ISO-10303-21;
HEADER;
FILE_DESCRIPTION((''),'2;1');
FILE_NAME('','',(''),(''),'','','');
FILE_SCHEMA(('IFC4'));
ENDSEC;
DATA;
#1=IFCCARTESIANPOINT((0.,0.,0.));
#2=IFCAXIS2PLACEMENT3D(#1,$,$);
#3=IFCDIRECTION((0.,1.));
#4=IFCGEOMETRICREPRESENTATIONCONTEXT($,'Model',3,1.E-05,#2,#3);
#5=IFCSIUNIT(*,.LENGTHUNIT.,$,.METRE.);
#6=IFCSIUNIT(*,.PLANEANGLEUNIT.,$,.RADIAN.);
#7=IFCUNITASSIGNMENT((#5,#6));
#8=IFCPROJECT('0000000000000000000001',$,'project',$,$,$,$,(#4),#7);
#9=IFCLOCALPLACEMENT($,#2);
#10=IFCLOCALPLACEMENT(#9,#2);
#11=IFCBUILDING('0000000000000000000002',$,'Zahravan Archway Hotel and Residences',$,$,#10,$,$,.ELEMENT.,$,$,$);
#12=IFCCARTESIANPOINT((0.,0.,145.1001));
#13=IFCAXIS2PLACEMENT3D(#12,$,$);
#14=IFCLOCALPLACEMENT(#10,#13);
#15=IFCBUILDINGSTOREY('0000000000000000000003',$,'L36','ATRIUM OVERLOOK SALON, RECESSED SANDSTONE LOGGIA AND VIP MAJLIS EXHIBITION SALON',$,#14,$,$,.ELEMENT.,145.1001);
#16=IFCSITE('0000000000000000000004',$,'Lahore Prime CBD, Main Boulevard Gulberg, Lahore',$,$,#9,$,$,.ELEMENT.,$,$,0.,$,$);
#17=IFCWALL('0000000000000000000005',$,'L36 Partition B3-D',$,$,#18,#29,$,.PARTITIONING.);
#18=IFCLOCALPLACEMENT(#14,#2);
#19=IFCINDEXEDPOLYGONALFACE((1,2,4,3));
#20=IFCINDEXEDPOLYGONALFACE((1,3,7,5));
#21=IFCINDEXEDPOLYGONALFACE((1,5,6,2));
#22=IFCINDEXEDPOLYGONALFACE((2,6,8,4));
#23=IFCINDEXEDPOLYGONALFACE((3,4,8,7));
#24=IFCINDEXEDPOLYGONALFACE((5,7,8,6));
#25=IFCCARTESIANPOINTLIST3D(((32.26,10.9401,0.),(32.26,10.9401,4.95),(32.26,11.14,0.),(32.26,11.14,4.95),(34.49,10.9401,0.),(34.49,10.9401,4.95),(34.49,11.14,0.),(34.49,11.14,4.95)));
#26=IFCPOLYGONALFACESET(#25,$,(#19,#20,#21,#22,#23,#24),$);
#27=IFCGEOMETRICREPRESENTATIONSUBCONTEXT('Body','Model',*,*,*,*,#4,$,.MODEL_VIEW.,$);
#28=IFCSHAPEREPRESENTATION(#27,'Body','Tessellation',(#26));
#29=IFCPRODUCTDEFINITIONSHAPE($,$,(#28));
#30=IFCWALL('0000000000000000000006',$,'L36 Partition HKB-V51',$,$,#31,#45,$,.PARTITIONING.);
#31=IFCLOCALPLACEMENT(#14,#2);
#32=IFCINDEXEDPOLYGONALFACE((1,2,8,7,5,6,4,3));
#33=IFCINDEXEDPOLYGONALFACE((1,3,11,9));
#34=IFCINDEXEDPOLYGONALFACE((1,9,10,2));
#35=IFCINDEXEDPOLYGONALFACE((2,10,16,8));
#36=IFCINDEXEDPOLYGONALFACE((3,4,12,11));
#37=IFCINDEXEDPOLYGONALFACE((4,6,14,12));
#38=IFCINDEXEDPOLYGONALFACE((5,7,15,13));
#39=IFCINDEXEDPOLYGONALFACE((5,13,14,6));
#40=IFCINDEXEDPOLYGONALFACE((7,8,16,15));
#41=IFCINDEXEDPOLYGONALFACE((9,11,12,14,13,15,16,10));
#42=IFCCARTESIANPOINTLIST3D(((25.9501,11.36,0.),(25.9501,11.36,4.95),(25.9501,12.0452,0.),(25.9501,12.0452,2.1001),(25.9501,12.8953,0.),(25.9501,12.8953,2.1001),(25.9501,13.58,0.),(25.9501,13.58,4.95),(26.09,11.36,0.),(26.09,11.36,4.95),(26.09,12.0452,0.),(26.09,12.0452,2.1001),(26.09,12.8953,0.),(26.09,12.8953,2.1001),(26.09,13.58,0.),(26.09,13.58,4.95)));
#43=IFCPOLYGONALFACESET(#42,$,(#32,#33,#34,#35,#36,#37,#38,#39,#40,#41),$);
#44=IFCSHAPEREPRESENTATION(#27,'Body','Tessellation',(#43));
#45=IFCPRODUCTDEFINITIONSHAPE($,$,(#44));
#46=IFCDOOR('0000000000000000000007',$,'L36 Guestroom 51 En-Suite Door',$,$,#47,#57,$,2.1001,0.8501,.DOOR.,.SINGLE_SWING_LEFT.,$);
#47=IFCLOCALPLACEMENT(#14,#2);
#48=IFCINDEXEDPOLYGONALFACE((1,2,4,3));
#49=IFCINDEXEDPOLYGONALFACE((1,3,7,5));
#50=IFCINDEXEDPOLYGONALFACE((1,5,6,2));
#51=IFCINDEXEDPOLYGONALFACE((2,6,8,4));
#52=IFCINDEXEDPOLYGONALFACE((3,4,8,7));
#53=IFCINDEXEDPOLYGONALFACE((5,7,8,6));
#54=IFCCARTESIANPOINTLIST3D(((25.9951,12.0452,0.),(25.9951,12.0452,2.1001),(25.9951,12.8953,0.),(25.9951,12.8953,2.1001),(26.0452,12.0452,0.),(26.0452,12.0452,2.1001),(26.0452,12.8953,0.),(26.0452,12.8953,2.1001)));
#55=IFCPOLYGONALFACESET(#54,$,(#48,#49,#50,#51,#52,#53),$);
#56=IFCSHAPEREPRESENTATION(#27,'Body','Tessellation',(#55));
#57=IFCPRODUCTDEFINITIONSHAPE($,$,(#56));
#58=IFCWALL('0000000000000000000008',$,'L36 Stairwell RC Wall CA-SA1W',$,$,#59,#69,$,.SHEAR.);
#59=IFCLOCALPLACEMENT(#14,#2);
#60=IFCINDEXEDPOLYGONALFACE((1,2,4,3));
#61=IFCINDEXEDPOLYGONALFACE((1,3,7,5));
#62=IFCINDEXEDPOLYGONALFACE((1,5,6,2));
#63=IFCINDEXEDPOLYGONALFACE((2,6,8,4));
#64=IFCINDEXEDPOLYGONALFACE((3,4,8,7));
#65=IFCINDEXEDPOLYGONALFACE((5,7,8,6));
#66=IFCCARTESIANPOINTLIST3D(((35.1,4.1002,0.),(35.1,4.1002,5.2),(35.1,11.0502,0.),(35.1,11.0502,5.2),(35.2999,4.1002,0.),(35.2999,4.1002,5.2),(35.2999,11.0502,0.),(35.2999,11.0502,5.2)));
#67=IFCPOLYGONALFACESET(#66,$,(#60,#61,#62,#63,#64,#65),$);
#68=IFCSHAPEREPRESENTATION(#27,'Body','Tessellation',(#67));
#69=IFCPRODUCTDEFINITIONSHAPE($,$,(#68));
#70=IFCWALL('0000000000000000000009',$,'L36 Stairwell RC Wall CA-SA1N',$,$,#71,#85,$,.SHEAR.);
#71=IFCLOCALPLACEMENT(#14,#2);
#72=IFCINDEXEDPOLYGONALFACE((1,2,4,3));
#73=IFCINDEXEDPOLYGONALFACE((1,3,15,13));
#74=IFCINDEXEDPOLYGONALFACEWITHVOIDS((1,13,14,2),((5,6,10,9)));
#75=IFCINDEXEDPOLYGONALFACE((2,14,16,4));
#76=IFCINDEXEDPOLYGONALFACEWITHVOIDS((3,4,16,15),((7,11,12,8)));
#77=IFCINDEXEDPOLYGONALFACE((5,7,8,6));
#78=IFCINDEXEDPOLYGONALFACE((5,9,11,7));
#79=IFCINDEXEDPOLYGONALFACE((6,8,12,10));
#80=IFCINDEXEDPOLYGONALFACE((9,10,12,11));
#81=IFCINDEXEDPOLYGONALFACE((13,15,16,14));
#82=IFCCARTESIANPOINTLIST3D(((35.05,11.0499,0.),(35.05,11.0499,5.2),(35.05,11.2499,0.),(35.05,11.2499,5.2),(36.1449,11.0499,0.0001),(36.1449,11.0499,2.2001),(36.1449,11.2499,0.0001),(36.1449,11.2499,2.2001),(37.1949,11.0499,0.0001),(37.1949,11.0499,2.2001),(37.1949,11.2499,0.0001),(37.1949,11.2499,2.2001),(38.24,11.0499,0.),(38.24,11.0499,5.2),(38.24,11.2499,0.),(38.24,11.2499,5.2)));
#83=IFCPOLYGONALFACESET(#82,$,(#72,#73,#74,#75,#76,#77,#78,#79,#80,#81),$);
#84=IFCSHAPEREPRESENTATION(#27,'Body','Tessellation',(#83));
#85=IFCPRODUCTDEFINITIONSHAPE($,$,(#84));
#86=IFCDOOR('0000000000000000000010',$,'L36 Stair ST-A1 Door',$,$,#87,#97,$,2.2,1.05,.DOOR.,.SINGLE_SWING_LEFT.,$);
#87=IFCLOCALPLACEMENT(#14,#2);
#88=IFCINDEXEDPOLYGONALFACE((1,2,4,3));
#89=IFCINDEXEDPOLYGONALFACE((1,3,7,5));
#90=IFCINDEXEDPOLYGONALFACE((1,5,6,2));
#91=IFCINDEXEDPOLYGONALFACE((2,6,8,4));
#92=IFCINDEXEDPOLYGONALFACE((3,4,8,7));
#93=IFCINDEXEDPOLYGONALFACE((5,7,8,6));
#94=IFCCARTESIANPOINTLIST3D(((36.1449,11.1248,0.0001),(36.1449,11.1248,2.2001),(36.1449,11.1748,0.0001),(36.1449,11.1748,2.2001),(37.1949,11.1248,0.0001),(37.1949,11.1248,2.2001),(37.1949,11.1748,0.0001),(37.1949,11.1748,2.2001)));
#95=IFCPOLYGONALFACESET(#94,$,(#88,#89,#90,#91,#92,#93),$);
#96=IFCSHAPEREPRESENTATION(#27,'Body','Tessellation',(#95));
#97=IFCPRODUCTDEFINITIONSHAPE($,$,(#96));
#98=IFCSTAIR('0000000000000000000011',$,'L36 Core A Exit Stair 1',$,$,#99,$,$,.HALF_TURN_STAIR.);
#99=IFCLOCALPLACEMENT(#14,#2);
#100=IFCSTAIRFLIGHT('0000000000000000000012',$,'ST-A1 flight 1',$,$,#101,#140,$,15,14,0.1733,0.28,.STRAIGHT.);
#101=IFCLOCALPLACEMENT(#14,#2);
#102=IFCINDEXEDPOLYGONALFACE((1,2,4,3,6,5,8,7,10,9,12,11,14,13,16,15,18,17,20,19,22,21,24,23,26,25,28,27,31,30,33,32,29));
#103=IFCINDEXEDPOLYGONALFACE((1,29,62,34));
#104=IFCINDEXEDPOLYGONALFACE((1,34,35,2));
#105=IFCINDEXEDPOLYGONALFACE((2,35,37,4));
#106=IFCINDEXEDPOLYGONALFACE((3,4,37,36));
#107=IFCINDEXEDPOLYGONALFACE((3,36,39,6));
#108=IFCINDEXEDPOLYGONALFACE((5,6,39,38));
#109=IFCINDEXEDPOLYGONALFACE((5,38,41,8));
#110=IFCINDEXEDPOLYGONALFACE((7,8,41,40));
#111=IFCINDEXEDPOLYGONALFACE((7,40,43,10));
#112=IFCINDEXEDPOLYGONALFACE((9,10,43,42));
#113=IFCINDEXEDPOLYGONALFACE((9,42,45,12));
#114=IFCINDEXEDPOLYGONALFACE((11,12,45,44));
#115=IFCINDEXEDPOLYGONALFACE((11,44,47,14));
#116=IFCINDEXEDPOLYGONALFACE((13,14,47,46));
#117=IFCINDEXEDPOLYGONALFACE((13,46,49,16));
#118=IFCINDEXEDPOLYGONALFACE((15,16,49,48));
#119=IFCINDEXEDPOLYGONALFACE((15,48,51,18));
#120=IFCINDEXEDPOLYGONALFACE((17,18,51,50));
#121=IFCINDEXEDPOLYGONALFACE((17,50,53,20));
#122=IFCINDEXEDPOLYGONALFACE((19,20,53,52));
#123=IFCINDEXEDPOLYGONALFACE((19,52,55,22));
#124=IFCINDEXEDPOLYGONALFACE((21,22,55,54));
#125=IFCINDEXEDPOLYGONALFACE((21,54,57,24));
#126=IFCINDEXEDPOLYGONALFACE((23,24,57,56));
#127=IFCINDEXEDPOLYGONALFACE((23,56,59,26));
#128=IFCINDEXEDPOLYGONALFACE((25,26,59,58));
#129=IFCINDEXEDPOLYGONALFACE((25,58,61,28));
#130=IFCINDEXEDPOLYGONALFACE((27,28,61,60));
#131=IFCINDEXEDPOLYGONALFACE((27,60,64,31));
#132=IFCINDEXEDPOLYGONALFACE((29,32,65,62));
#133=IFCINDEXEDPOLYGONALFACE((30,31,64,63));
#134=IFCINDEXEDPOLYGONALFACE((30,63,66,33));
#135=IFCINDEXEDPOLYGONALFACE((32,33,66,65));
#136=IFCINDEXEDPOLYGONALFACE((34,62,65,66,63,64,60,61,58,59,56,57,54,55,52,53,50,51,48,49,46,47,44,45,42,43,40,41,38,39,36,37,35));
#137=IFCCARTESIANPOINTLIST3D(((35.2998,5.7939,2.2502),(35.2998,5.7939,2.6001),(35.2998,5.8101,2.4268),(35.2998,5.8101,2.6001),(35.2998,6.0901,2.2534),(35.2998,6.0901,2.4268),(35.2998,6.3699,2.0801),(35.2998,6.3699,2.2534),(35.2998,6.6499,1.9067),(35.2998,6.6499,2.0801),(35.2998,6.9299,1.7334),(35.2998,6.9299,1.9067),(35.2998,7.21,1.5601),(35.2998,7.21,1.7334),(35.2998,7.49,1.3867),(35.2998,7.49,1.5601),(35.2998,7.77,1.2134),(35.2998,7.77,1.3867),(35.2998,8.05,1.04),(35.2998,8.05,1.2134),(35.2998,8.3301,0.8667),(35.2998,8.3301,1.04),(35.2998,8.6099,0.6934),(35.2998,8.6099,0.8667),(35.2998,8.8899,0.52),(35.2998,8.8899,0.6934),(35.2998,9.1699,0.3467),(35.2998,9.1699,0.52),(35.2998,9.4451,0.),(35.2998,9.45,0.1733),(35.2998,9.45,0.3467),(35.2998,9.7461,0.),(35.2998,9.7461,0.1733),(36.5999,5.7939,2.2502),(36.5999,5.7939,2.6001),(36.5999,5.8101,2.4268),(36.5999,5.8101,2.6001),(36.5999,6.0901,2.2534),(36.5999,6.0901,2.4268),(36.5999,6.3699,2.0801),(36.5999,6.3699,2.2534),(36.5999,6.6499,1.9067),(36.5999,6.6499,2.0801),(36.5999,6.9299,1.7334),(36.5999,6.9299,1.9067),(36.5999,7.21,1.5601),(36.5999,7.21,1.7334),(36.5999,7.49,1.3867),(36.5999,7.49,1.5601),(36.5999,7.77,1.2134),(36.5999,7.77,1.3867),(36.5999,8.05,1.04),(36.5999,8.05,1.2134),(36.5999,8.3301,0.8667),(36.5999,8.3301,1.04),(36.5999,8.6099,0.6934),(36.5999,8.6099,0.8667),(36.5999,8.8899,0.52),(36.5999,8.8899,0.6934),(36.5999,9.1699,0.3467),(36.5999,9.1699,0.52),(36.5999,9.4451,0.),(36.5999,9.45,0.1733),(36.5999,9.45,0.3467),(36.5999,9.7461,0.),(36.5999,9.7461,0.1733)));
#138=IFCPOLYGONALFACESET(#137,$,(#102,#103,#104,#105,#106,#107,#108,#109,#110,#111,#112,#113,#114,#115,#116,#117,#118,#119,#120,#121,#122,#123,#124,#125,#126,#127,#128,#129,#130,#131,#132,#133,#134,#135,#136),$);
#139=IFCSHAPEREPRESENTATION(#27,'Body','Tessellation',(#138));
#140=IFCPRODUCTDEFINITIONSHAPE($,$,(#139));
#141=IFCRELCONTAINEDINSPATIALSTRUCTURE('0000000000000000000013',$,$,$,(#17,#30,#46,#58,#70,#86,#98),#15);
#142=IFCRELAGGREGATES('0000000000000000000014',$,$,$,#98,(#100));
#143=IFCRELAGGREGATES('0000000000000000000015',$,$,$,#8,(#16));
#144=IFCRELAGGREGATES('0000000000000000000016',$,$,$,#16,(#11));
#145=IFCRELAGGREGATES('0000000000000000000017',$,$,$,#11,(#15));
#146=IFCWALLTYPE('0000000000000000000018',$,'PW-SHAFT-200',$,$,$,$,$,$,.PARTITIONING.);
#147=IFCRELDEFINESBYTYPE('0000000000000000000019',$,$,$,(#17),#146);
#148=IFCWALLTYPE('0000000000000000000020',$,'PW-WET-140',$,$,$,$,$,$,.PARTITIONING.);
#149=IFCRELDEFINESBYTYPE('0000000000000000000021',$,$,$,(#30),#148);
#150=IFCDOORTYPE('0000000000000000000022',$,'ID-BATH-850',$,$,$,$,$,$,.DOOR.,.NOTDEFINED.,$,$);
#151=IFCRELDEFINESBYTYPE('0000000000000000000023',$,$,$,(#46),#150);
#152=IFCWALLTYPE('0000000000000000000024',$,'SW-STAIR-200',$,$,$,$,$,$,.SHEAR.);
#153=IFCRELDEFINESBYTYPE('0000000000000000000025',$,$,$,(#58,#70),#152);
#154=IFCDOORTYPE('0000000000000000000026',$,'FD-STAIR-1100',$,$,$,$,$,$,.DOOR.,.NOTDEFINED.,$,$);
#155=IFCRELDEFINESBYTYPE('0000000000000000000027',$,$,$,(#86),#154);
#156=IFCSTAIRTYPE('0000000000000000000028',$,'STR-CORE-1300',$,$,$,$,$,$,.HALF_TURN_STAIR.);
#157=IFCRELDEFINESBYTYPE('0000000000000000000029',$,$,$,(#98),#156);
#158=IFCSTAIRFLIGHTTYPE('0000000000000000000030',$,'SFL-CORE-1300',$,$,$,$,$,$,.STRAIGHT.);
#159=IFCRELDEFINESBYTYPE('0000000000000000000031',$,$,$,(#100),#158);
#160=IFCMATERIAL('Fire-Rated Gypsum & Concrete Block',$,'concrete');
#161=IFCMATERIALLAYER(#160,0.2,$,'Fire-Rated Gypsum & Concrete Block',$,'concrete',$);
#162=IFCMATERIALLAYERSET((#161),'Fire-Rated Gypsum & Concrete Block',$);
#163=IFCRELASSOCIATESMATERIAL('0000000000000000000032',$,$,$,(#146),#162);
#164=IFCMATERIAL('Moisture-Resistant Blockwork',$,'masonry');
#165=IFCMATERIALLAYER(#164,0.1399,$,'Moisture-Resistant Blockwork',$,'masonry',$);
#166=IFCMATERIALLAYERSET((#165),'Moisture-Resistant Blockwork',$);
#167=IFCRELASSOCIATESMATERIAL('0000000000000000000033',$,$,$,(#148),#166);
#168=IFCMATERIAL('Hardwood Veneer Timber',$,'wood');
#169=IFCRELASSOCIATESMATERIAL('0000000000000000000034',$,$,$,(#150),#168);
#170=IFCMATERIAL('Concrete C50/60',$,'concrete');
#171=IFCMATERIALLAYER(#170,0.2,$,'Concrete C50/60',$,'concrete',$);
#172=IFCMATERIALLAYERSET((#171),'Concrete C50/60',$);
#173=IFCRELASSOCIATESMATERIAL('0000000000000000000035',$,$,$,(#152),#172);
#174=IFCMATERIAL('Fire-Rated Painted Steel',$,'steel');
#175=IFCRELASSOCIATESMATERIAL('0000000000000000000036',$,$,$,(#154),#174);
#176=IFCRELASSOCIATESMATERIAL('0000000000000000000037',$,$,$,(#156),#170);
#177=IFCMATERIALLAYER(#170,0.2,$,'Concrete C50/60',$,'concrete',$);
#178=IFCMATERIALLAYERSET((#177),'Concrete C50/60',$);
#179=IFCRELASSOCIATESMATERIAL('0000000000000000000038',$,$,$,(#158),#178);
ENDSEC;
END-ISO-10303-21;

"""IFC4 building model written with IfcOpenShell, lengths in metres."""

from ifc_helpers import new_model, si_unit, direction, frame, frame_2d, origin, place, context, subcontext, project, spatial, polyline, rectangle, outline, extrude, source, transform, mapped, material, layer, layer_set, type_object, type_shapes, element, fill, aggregate, save


model = new_model("IFC4")

# Units and contexts
model_context = context("Model", 3, precision=1e-05, world=origin(), true_north=direction((0.0, 1.0)))
body_context = subcontext(model_context, "Body", "Model", "MODEL_VIEW")
ifc_project = project(units=[si_unit("LENGTHUNIT", "METRE"), si_unit("PLANEANGLEUNIT", "RADIAN")], contexts=[model_context])

# Site, building, storey
site_placement = place(None, origin())
site = spatial("IfcSite", under=ifc_project, at=site_placement, Name="Lahore Prime CBD, Main Boulevard Gulberg, Lahore", CompositionType="ELEMENT", RefElevation=0.0)
building_placement = place(site_placement, origin())
building = spatial("IfcBuilding", under=site, at=building_placement, Name="Zahravan Archway Hotel and Residences", CompositionType="ELEMENT")
storey_placement = place(building_placement, frame((0.0, 0.0, 145.1001)))
storey = spatial("IfcBuildingStorey", under=building, at=storey_placement, Name="L36", Description="ATRIUM OVERLOOK SALON, RECESSED SANDSTONE LOGGIA AND VIP MAJLIS EXHIBITION SALON", CompositionType="ELEMENT", Elevation=145.1001)

# Shared definitions
ifc_material_1 = material(Name="Fire-Rated Gypsum & Concrete Block", Category="concrete")
ifc_layer_1 = layer(ifc_material_1, 0.2, Name="Fire-Rated Gypsum & Concrete Block", Category="concrete")
ifc_layer_set_1 = layer_set([ifc_layer_1], Name="Fire-Rated Gypsum & Concrete Block")
wall_type_1 = type_object("IfcWallType", Name="PW-SHAFT-200", PredefinedType="PARTITIONING", material=ifc_layer_set_1)

# Wall
for number, where, z_axis, x_axis, name in (
    (1, (32.26, 11.04, 0.0), (0.0, 0.0, 1.0), (1.0, 0.0, 0.0), "L36 Partition B3-D"),
):
    element("IfcWall", number, at=place(storey_placement, frame(where, z_axis=z_axis, x_axis=x_axis)), inside=storey, type_object=wall_type_1, Name=name, PredefinedType="PARTITIONING", context=body_context, shape_type="SweptSolid", body=[
        extrude(rectangle(XDim=2.23, YDim=0.2, at=frame_2d((1.115, 0.0))), origin(), (0.0, 0.0, 1.0), 4.95),
    ])

# Wall, opening, door
ifc_material_2 = material(Name="Moisture-Resistant Blockwork", Category="masonry")
ifc_layer_2 = layer(ifc_material_2, 0.1399, Name="Moisture-Resistant Blockwork", Category="masonry")
ifc_layer_set_2 = layer_set([ifc_layer_2], Name="Moisture-Resistant Blockwork")
wall_type_2 = type_object("IfcWallType", Name="PW-WET-140", PredefinedType="PARTITIONING", material=ifc_layer_set_2)
wall_1_placement = place(storey_placement, frame((26.02, 11.3601, 0.0), z_axis=(0.0, 0.0, 1.0), x_axis=(0.0, 1.0, 0.0)))
wall_1 = element("IfcWall", 2, at=wall_1_placement, inside=storey, type_object=wall_type_2, Name="L36 Partition HKB-V51", PredefinedType="PARTITIONING", context=body_context, shape_type="SweptSolid", body=[
    extrude(rectangle(XDim=2.22, YDim=0.1399, at=frame_2d((1.1099, 0.0))), origin(), (0.0, 0.0, 1.0), 4.95),
])
opening_1_placement = place(wall_1_placement, frame((0.6851, 0.0, 0.0)))
opening_1 = element("IfcOpeningElement", 3, at=opening_1_placement, cuts=wall_1, PredefinedType="OPENING", context=body_context, shape_type="SweptSolid", body=[
    extrude(rectangle(XDim=0.8501, YDim=2.1001, at=frame_2d((0.425, 1.05))), frame((0.0, 0.0801, 0.0), z_axis=(0.0, -1.0, 0.0), x_axis=(1.0, 0.0, 0.0)), (0.0, 0.0, 1.0), 0.1599),
])
ifc_material_3 = material(Name="Hardwood Veneer Timber", Category="wood")
door_type_1 = type_object("IfcDoorType", Name="ID-BATH-850", OperationType="NOTDEFINED", PredefinedType="DOOR", material=ifc_material_3)
shared_shape_1 = source(origin(), body_context, "Body", "SweptSolid", [
    extrude(rectangle(XDim=0.8501, YDim=2.1001, at=frame_2d((0.425, 1.05))), frame((0.0, 0.0249, 0.0), z_axis=(0.0, -1.0, 0.0), x_axis=(1.0, 0.0, 0.0)), (0.0, 0.0, 1.0), 0.05),
])
type_shapes(door_type_1, [shared_shape_1])
door_1_placement = place(opening_1_placement, origin())
door_1 = element("IfcDoor", 4, at=door_1_placement, inside=storey, type_object=door_type_1, Name="L36 Guestroom 51 En-Suite Door", OperationType="SINGLE_SWING_LEFT", OverallHeight=2.1001, OverallWidth=0.8501, PredefinedType="DOOR", context=body_context, shape_type="MappedRepresentation", body=[
    mapped(shared_shape_1, transform((0.0, 0.0, 0.0), scale=1.0)),
])
fill(opening_1, door_1)

# Wall
ifc_material_4 = material(Name="Concrete C50/60", Category="concrete")
ifc_layer_3 = layer(ifc_material_4, 0.2, Name="Concrete C50/60", Category="concrete")
ifc_layer_set_3 = layer_set([ifc_layer_3], Name="Concrete C50/60")
wall_type_3 = type_object("IfcWallType", Name="SW-STAIR-200", PredefinedType="SHEAR", material=ifc_layer_set_3)
wall_2_placement = place(storey_placement, frame((35.2, 4.1001, 0.0), z_axis=(0.0, 0.0, 1.0), x_axis=(0.0, 1.0, 0.0)))
element("IfcWall", 5, at=wall_2_placement, inside=storey, type_object=wall_type_3, Name="L36 Stairwell RC Wall CA-SA1W", PredefinedType="SHEAR", context=body_context, shape_type="SweptSolid", body=[
    extrude(rectangle(XDim=6.95, YDim=0.2, at=frame_2d((3.4751, 0.0))), origin(), (0.0, 0.0, 1.0), 5.2),
])

# Wall, opening, door
wall_3_placement = place(storey_placement, frame((35.05, 11.1499, 0.0), z_axis=(0.0, 0.0, 1.0), x_axis=(1.0, 0.0, 0.0)))
wall_3 = element("IfcWall", 6, at=wall_3_placement, inside=storey, type_object=wall_type_3, Name="L36 Stairwell RC Wall CA-SA1N", PredefinedType="SHEAR", context=body_context, shape_type="SweptSolid", body=[
    extrude(rectangle(XDim=3.1899, YDim=0.2, at=frame_2d((1.595, 0.0))), origin(), (0.0, 0.0, 1.0), 5.2),
])
opening_2_placement = place(wall_3_placement, frame((1.095, 0.0, 0.0)))
opening_2 = element("IfcOpeningElement", 7, at=opening_2_placement, cuts=wall_3, PredefinedType="OPENING", context=body_context, shape_type="SweptSolid", body=[
    extrude(rectangle(XDim=1.05, YDim=2.2, at=frame_2d((0.5249, 1.1001))), frame((0.0, 0.1099, 0.0), z_axis=(0.0, -1.0, 0.0), x_axis=(1.0, 0.0, 0.0)), (0.0, 0.0, 1.0), 0.22),
])
ifc_material_5 = material(Name="Fire-Rated Painted Steel", Category="steel")
door_type_2 = type_object("IfcDoorType", Name="FD-STAIR-1100", OperationType="NOTDEFINED", PredefinedType="DOOR", material=ifc_material_5)
shared_shape_2 = source(origin(), body_context, "Body", "SweptSolid", [
    extrude(rectangle(XDim=1.05, YDim=2.2, at=frame_2d((0.5249, 1.1001))), frame((0.0, 0.0249, 0.0), z_axis=(0.0, -1.0, 0.0), x_axis=(1.0, 0.0, 0.0)), (0.0, 0.0, 1.0), 0.05),
])
type_shapes(door_type_2, [shared_shape_2])
door_2_placement = place(opening_2_placement, origin())
door_2 = element("IfcDoor", 8, at=door_2_placement, inside=storey, type_object=door_type_2, Name="L36 Stair ST-A1 Door", OperationType="SINGLE_SWING_LEFT", OverallHeight=2.2, OverallWidth=1.05, PredefinedType="DOOR", context=body_context, shape_type="MappedRepresentation", body=[
    mapped(shared_shape_2, transform((0.0, 0.0, 0.0), scale=1.0)),
])
fill(opening_2, door_2)

# Stair, stair flight
stair_type = type_object("IfcStairType", Name="STR-CORE-1300", PredefinedType="HALF_TURN_STAIR", material=ifc_material_4)
stair_placement = place(storey_placement, origin())
stair = element("IfcStair", 9, at=stair_placement, inside=storey, type_object=stair_type, Name="L36 Core A Exit Stair 1", PredefinedType="HALF_TURN_STAIR")
ifc_layer_4 = layer(ifc_material_4, 0.2, Name="Concrete C50/60", Category="concrete")
ifc_layer_set_4 = layer_set([ifc_layer_4], Name="Concrete C50/60")
stair_flight_type = type_object("IfcStairFlightType", Name="SFL-CORE-1300", PredefinedType="STRAIGHT", material=ifc_layer_set_4)
shared_shape_3 = source(origin(), body_context, "Body", "SweptSolid", [
    extrude(outline(polyline([(-0.0161, 0.0), (-0.0161, 0.1733), (0.28, 0.1733), (0.28, 0.3467), (0.5601, 0.3467), (0.5601, 0.52), (0.8401, 0.52), (0.8401, 0.6934), (1.1201, 0.6934), (1.1201, 0.8667), (1.3999, 0.8667), (1.3999, 1.04), (1.6799, 1.04), (1.6799, 1.2134), (1.96, 1.2134), (1.96, 1.3867), (2.24, 1.3867), (2.24, 1.5601), (2.52, 1.5601), (2.52, 1.7334), (2.8, 1.7334), (2.8, 1.9067), (3.0801, 1.9067), (3.0801, 2.0801), (3.3601, 2.0801), (3.3601, 2.2534), (3.6399, 2.2534), (3.6399, 2.4268), (3.9199, 2.4268), (3.9199, 2.6001), (3.936, 2.6001), (3.936, 2.2502), (0.2849, 0.0), (-0.0161, 0.0)])), frame((0.0, 0.6499, 0.0), z_axis=(0.0, -1.0, 0.0), x_axis=(1.0, 0.0, 0.0)), (0.0, 0.0, 1.0), 1.3),
])
stair_flight_placement = place(storey_placement, frame((35.95, 9.73, 0.0), z_axis=(0.0, 0.0, 1.0), x_axis=(0.0, -1.0, 0.0)))
stair_flight = element("IfcStairFlight", 10, at=stair_flight_placement, type_object=stair_flight_type, Name="ST-A1 flight 1", NumberOfRisers=15, NumberOfTreads=14, PredefinedType="STRAIGHT", RiserHeight=0.1733, TreadLength=0.28, context=body_context, shape_type="MappedRepresentation", body=[
    mapped(shared_shape_3, transform((0.0, 0.0, 0.0), scale=1.0)),
])
aggregate(stair, [stair_flight])

save(model, "model.ifc")
